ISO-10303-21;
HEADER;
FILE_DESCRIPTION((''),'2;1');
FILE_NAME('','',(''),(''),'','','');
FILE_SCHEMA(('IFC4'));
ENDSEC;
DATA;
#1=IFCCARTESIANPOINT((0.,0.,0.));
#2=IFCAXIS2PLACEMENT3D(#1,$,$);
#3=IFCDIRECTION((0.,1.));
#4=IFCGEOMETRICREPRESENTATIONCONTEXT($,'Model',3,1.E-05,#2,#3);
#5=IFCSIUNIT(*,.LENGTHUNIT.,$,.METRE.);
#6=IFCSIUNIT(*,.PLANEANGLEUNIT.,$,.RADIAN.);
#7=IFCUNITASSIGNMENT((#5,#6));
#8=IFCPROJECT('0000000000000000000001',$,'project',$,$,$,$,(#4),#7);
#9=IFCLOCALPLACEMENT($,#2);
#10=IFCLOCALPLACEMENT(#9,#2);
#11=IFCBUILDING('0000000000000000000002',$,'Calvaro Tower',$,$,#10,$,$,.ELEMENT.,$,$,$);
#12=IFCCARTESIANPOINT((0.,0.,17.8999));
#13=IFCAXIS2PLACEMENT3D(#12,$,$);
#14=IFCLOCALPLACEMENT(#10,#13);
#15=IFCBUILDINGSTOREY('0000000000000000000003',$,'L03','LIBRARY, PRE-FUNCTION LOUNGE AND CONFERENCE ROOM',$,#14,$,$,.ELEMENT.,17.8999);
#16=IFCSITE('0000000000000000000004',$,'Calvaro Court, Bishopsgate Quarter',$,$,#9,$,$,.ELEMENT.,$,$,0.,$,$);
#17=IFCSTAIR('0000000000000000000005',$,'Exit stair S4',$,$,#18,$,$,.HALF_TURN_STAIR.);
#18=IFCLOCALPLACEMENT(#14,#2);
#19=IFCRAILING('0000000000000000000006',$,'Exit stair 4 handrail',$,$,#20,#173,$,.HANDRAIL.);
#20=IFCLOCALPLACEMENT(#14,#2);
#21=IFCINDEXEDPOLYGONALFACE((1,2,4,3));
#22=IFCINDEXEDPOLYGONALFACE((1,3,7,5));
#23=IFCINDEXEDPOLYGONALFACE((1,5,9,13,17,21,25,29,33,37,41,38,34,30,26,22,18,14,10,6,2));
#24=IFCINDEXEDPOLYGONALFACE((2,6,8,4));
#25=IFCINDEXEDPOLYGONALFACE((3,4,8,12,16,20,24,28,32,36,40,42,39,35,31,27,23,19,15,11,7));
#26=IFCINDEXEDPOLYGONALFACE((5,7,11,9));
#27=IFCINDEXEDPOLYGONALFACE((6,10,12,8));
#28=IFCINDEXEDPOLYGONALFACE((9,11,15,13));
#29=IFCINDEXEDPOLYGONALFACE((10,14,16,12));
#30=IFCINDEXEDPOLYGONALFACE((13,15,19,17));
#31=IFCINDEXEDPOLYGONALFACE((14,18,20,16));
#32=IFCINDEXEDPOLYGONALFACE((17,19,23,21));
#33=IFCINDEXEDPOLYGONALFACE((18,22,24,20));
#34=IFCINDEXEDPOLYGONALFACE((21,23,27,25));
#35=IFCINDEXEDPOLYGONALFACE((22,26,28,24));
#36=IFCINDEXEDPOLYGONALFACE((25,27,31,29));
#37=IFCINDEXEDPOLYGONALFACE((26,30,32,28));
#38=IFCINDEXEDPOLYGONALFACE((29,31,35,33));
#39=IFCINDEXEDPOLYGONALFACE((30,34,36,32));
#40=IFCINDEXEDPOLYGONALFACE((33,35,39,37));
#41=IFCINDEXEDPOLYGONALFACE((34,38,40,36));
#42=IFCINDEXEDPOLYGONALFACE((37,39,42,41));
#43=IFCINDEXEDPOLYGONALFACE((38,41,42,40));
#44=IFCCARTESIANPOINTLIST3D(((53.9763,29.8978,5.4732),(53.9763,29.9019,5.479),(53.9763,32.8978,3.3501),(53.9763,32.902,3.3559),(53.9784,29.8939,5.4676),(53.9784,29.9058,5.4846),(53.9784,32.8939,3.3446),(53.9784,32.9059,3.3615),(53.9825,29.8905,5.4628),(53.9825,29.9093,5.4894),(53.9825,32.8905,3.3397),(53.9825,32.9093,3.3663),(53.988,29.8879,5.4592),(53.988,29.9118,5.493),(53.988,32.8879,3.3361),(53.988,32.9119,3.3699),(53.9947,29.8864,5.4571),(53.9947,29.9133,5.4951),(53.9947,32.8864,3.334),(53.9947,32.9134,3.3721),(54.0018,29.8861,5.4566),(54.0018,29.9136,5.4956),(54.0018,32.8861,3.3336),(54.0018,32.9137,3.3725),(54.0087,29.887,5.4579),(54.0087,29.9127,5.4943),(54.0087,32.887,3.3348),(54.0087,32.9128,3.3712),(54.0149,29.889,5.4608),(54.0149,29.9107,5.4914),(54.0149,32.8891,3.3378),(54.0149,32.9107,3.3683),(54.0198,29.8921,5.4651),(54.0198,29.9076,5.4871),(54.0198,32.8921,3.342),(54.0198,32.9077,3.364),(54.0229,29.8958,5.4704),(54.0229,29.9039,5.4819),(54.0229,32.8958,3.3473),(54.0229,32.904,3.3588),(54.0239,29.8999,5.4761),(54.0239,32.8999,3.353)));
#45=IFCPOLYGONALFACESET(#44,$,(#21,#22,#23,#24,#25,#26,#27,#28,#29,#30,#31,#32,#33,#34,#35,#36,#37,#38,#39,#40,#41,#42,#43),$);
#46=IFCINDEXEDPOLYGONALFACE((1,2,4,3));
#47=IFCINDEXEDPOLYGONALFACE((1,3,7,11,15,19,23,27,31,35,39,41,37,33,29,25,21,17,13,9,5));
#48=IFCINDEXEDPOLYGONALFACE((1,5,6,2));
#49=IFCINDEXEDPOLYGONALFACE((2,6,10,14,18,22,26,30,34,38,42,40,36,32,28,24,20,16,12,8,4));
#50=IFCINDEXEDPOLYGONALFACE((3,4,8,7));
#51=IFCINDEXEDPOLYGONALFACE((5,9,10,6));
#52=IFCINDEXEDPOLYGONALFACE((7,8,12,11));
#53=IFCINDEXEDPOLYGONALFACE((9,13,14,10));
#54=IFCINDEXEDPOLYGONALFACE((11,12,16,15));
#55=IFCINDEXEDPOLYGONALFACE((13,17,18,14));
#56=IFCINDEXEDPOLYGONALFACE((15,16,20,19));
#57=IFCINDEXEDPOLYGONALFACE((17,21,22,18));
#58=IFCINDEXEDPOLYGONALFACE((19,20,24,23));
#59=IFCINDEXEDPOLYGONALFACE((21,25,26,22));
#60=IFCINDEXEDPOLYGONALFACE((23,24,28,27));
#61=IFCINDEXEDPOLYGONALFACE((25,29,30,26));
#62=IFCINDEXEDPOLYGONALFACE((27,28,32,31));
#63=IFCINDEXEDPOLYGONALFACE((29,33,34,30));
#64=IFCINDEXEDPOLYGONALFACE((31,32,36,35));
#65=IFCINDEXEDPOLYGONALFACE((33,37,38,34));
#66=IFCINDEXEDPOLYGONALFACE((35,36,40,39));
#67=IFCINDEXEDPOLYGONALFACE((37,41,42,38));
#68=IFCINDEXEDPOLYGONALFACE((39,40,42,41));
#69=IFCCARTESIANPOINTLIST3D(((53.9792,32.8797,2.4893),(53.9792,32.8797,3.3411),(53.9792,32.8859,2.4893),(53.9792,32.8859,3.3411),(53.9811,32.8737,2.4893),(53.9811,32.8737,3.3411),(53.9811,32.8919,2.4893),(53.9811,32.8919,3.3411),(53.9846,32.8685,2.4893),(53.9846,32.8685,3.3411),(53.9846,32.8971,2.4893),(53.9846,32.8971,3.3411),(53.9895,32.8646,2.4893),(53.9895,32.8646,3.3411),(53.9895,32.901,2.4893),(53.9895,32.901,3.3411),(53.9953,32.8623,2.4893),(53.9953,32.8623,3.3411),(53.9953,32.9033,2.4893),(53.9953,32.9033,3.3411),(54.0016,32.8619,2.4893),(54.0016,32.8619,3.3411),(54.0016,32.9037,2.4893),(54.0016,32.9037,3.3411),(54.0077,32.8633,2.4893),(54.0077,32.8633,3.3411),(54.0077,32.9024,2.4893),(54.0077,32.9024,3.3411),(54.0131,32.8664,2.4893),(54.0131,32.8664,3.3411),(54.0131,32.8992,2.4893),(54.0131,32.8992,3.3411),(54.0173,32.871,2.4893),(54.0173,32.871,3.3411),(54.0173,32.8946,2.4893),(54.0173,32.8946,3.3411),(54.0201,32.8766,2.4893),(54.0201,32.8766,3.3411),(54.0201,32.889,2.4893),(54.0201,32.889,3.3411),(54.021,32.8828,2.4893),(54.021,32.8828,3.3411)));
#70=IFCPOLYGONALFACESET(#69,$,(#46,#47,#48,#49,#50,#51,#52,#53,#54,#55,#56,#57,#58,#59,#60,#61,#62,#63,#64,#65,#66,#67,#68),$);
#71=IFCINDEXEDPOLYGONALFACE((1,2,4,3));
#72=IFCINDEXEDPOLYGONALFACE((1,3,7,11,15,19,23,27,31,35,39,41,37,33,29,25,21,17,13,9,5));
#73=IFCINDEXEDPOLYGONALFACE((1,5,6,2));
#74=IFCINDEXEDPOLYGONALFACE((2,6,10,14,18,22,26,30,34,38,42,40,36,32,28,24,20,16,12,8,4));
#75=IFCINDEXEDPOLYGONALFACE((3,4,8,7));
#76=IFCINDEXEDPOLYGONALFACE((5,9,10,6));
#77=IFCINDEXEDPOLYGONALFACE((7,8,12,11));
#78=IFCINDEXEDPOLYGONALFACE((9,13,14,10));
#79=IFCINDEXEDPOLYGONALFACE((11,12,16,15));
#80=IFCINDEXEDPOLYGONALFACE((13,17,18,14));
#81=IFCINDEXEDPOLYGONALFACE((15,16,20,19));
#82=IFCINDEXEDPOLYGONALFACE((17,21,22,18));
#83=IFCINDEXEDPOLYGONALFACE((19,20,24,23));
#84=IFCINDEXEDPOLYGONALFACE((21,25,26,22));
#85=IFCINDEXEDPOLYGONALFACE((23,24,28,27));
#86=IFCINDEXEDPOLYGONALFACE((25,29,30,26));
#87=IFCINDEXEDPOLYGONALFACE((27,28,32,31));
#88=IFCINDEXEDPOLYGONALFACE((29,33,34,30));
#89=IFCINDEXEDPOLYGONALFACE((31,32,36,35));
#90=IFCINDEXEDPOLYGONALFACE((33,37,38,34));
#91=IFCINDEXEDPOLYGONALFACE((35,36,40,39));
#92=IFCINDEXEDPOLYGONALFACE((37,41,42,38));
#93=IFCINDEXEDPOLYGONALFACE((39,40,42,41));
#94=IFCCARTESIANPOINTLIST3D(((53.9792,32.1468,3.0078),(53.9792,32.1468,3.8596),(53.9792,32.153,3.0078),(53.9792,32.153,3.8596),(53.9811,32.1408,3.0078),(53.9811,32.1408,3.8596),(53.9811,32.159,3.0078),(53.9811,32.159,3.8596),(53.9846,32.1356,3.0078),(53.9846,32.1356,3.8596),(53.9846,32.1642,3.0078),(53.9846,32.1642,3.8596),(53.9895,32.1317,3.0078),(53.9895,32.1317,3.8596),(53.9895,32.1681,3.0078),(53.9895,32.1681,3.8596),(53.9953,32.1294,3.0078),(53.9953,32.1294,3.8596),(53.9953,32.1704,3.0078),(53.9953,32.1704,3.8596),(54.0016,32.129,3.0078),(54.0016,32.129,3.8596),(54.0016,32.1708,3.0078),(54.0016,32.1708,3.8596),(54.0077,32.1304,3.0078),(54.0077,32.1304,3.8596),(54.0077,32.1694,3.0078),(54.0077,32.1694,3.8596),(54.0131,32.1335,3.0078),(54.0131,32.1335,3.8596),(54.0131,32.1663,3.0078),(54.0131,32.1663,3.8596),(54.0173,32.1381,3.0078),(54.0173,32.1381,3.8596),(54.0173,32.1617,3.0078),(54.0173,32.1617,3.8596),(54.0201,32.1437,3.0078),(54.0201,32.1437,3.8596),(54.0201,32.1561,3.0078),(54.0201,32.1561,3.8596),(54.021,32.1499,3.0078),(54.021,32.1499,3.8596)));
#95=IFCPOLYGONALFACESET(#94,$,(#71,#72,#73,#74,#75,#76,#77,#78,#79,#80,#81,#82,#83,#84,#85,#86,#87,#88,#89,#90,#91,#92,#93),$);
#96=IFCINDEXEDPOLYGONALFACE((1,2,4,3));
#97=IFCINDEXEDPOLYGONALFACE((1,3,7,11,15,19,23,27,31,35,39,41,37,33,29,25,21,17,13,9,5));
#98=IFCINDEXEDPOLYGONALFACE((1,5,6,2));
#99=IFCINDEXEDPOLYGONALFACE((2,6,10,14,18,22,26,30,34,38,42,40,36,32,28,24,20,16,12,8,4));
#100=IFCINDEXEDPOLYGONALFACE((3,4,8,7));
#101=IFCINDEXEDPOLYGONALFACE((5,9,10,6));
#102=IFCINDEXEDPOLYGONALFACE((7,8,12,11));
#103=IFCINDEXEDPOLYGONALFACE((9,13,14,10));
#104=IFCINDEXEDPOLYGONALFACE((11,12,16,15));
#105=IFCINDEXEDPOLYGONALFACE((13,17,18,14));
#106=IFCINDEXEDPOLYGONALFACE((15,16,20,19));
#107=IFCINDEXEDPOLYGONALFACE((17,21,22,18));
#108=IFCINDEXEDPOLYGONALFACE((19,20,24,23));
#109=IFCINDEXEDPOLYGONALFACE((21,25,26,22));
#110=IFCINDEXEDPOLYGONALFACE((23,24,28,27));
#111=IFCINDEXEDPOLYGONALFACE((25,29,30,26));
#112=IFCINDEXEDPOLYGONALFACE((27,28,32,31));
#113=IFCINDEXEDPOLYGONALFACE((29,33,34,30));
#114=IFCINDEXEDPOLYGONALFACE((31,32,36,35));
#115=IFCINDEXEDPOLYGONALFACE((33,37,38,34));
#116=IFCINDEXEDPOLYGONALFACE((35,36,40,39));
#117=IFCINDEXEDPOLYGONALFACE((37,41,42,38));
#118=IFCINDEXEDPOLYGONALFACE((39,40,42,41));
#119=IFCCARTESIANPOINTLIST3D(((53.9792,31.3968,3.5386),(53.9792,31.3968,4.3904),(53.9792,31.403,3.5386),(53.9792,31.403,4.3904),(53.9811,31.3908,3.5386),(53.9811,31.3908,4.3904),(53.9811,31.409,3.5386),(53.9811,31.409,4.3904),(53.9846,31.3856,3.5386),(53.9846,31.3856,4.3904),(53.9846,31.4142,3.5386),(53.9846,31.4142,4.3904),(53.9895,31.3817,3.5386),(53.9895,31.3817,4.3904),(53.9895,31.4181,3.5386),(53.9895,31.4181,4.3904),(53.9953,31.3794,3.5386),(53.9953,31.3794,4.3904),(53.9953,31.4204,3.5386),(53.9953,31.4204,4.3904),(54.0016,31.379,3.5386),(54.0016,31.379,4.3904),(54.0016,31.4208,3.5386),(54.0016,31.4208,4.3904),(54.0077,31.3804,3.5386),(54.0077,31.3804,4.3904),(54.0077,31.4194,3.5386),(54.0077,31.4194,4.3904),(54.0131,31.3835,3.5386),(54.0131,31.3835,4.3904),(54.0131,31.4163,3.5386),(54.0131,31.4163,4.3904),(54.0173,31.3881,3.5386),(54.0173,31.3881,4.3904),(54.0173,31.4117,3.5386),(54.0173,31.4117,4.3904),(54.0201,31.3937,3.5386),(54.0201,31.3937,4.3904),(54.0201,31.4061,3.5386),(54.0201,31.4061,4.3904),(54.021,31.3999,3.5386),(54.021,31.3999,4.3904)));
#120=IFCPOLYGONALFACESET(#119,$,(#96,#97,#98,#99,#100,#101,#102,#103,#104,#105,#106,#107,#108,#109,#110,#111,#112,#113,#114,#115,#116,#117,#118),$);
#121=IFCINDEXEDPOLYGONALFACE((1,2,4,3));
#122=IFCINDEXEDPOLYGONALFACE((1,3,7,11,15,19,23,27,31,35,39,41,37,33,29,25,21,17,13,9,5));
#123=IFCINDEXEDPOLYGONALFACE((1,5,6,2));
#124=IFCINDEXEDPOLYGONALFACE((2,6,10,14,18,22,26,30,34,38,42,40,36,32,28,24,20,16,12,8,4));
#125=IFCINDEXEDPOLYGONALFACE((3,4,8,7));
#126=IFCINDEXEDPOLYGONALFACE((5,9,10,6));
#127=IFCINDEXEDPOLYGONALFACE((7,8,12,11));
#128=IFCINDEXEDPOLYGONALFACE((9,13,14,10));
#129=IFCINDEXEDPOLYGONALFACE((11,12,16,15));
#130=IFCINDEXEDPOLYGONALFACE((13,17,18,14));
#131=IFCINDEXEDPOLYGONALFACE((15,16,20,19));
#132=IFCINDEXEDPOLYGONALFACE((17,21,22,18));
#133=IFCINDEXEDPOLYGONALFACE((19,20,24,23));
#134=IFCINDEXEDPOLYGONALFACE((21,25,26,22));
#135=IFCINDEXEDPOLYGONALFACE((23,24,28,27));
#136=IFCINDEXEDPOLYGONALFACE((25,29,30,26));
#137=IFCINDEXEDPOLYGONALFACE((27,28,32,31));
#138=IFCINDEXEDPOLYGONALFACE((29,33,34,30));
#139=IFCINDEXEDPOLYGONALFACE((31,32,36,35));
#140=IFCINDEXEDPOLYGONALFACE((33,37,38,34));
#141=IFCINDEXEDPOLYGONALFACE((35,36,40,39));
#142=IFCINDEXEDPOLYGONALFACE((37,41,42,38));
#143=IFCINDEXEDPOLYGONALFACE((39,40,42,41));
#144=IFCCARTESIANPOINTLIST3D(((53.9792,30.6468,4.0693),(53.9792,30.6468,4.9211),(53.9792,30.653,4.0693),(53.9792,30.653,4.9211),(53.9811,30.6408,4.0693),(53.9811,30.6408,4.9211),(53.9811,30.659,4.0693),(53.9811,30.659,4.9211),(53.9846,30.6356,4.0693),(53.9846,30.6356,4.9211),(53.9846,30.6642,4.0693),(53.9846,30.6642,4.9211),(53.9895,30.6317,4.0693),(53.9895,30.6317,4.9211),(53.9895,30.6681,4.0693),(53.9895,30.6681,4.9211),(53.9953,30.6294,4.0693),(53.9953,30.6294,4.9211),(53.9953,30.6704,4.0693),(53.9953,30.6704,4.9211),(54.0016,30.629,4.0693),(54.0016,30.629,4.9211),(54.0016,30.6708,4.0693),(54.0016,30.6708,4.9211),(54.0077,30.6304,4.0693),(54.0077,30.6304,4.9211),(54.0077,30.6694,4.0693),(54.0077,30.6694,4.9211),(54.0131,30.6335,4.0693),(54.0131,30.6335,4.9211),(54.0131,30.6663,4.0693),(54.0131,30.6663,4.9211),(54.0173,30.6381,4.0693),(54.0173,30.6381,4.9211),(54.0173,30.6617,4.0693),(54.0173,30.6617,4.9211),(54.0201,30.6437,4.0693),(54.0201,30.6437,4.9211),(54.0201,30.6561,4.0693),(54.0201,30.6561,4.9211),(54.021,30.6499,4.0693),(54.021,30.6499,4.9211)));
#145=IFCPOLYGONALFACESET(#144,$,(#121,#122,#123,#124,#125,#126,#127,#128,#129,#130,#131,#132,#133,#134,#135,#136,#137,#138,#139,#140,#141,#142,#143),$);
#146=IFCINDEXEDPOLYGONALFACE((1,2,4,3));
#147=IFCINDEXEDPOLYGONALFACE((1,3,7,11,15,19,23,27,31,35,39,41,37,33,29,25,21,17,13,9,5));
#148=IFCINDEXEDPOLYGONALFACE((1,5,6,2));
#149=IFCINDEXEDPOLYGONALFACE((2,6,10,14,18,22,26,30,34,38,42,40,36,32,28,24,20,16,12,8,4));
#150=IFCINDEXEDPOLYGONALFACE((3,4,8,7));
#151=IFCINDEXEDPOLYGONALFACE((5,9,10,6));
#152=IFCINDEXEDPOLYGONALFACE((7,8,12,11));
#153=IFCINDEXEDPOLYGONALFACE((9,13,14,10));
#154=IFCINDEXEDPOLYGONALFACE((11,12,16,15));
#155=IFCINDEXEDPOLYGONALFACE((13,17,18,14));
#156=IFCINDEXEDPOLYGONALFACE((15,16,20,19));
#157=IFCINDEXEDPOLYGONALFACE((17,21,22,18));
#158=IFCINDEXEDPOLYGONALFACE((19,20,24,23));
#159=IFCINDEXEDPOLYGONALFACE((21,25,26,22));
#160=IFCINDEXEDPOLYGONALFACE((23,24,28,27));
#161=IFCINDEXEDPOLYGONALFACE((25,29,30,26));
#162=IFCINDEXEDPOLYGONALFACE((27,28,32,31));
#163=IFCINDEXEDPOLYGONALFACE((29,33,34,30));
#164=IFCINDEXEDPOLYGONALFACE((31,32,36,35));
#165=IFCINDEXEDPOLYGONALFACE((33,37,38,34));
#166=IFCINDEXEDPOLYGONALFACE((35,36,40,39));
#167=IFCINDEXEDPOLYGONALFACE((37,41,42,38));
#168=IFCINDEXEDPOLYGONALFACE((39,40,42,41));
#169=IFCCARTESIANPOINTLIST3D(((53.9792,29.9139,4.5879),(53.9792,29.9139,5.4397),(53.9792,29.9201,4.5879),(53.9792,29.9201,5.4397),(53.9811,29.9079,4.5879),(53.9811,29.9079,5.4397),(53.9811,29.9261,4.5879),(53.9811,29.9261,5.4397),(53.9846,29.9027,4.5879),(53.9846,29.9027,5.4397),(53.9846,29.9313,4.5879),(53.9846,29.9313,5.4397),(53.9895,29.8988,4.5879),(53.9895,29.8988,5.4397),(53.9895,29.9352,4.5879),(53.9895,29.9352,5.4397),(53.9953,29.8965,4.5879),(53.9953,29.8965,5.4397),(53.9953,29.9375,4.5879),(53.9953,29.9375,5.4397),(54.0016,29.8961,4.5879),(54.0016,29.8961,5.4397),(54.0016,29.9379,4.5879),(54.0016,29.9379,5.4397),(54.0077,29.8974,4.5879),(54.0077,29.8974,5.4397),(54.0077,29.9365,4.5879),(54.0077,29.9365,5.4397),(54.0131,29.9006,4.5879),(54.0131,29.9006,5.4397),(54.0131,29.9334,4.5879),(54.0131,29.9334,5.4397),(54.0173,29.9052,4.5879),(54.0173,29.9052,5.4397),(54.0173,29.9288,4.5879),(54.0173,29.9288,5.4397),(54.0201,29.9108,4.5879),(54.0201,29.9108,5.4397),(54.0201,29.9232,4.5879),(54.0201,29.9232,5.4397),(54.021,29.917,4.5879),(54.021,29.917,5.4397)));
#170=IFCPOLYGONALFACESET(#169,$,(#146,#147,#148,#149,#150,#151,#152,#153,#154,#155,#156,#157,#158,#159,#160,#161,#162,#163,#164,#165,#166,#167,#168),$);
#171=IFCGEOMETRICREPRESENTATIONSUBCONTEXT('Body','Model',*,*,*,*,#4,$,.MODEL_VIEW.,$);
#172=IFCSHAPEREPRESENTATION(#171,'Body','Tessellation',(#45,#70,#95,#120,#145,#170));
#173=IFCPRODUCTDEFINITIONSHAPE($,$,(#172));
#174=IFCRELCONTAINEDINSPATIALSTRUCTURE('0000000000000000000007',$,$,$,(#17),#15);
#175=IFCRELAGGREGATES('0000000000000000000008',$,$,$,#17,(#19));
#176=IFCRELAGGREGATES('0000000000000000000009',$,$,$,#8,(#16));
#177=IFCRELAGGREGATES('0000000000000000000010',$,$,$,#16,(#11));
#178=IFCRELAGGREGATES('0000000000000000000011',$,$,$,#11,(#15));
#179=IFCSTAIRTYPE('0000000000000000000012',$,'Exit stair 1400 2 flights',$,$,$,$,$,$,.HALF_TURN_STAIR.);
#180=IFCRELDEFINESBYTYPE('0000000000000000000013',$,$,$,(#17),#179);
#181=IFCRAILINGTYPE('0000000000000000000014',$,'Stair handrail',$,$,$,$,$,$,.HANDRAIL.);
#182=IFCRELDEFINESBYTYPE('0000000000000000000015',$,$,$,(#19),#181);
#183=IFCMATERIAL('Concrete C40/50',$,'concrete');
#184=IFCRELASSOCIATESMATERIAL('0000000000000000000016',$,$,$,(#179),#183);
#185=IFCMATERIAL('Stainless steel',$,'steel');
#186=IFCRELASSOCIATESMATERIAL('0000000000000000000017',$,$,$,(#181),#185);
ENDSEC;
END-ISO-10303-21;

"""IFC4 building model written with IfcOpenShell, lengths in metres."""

from ifc_helpers import new_model, si_unit, direction, frame, origin, origin_2d, place, context, subcontext, project, spatial, circle, extrude, material, type_object, element, aggregate, save


model = new_model("IFC4")

# Units and contexts
model_context = context("Model", 3, precision=1e-05, world=origin(), true_north=direction((0.0, 1.0)))
body_context = subcontext(model_context, "Body", "Model", "MODEL_VIEW")
ifc_project = project(units=[si_unit("LENGTHUNIT", "METRE"), si_unit("PLANEANGLEUNIT", "RADIAN")], contexts=[model_context])

# Site, building, storey
site_placement = place(None, origin())
site = spatial("IfcSite", under=ifc_project, at=site_placement, Name="Calvaro Court, Bishopsgate Quarter", CompositionType="ELEMENT", RefElevation=0.0)
building_placement = place(site_placement, origin())
building = spatial("IfcBuilding", under=site, at=building_placement, Name="Calvaro Tower", CompositionType="ELEMENT")
storey_placement = place(building_placement, frame((0.0, 0.0, 17.8999)))
storey = spatial("IfcBuildingStorey", under=building, at=storey_placement, Name="L03", Description="LIBRARY, PRE-FUNCTION LOUNGE AND CONFERENCE ROOM", CompositionType="ELEMENT", Elevation=17.8999)

# Stair, railing
ifc_material_1 = material(Name="Concrete C40/50", Category="concrete")
stair_type = type_object("IfcStairType", Name="Exit stair 1400 2 flights", PredefinedType="HALF_TURN_STAIR", material=ifc_material_1)
stair_placement = place(storey_placement, origin())
stair = element("IfcStair", 1, at=stair_placement, inside=storey, type_object=stair_type, Name="Exit stair S4", PredefinedType="HALF_TURN_STAIR")
ifc_material_2 = material(Name="Stainless steel", Category="steel")
railing_type = type_object("IfcRailingType", Name="Stair handrail", PredefinedType="HANDRAIL", material=ifc_material_2)
railing_1_placement = place(storey_placement, frame((54.0, 32.8999, 2.4771)))
railing_1 = element("IfcRailing", 2, at=railing_1_placement, type_object=railing_type, Name="Exit stair 4 handrail", PredefinedType="HANDRAIL", context=body_context, shape_type="SweptSolid", body=[
    extrude(circle(Radius=0.0239, at=origin_2d()), frame((0.0, 0.0, 0.876), z_axis=(0.0, -0.816275, 0.577663), x_axis=(1.0, 0.0, 0.0)), (0.0, 0.0, 1.0), 3.6753),
    extrude(circle(Radius=0.021, at=origin_2d()), frame((0.0, -0.0171, 0.0122)), (0.0, 0.0, 1.0), 0.8518),
    extrude(circle(Radius=0.021, at=origin_2d()), frame((0.0, -0.75, 0.5308)), (0.0, 0.0, 1.0), 0.8518),
    extrude(circle(Radius=0.021, at=origin_2d()), frame((0.0, -1.5, 1.0615)), (0.0, 0.0, 1.0), 0.8518),
    extrude(circle(Radius=0.021, at=origin_2d()), frame((0.0, -2.25, 1.5923)), (0.0, 0.0, 1.0), 0.8518),
    extrude(circle(Radius=0.021, at=origin_2d()), frame((0.0, -2.9829, 2.1108)), (0.0, 0.0, 1.0), 0.8518),
])
aggregate(stair, [railing_1])

save(model, "model.ifc")
